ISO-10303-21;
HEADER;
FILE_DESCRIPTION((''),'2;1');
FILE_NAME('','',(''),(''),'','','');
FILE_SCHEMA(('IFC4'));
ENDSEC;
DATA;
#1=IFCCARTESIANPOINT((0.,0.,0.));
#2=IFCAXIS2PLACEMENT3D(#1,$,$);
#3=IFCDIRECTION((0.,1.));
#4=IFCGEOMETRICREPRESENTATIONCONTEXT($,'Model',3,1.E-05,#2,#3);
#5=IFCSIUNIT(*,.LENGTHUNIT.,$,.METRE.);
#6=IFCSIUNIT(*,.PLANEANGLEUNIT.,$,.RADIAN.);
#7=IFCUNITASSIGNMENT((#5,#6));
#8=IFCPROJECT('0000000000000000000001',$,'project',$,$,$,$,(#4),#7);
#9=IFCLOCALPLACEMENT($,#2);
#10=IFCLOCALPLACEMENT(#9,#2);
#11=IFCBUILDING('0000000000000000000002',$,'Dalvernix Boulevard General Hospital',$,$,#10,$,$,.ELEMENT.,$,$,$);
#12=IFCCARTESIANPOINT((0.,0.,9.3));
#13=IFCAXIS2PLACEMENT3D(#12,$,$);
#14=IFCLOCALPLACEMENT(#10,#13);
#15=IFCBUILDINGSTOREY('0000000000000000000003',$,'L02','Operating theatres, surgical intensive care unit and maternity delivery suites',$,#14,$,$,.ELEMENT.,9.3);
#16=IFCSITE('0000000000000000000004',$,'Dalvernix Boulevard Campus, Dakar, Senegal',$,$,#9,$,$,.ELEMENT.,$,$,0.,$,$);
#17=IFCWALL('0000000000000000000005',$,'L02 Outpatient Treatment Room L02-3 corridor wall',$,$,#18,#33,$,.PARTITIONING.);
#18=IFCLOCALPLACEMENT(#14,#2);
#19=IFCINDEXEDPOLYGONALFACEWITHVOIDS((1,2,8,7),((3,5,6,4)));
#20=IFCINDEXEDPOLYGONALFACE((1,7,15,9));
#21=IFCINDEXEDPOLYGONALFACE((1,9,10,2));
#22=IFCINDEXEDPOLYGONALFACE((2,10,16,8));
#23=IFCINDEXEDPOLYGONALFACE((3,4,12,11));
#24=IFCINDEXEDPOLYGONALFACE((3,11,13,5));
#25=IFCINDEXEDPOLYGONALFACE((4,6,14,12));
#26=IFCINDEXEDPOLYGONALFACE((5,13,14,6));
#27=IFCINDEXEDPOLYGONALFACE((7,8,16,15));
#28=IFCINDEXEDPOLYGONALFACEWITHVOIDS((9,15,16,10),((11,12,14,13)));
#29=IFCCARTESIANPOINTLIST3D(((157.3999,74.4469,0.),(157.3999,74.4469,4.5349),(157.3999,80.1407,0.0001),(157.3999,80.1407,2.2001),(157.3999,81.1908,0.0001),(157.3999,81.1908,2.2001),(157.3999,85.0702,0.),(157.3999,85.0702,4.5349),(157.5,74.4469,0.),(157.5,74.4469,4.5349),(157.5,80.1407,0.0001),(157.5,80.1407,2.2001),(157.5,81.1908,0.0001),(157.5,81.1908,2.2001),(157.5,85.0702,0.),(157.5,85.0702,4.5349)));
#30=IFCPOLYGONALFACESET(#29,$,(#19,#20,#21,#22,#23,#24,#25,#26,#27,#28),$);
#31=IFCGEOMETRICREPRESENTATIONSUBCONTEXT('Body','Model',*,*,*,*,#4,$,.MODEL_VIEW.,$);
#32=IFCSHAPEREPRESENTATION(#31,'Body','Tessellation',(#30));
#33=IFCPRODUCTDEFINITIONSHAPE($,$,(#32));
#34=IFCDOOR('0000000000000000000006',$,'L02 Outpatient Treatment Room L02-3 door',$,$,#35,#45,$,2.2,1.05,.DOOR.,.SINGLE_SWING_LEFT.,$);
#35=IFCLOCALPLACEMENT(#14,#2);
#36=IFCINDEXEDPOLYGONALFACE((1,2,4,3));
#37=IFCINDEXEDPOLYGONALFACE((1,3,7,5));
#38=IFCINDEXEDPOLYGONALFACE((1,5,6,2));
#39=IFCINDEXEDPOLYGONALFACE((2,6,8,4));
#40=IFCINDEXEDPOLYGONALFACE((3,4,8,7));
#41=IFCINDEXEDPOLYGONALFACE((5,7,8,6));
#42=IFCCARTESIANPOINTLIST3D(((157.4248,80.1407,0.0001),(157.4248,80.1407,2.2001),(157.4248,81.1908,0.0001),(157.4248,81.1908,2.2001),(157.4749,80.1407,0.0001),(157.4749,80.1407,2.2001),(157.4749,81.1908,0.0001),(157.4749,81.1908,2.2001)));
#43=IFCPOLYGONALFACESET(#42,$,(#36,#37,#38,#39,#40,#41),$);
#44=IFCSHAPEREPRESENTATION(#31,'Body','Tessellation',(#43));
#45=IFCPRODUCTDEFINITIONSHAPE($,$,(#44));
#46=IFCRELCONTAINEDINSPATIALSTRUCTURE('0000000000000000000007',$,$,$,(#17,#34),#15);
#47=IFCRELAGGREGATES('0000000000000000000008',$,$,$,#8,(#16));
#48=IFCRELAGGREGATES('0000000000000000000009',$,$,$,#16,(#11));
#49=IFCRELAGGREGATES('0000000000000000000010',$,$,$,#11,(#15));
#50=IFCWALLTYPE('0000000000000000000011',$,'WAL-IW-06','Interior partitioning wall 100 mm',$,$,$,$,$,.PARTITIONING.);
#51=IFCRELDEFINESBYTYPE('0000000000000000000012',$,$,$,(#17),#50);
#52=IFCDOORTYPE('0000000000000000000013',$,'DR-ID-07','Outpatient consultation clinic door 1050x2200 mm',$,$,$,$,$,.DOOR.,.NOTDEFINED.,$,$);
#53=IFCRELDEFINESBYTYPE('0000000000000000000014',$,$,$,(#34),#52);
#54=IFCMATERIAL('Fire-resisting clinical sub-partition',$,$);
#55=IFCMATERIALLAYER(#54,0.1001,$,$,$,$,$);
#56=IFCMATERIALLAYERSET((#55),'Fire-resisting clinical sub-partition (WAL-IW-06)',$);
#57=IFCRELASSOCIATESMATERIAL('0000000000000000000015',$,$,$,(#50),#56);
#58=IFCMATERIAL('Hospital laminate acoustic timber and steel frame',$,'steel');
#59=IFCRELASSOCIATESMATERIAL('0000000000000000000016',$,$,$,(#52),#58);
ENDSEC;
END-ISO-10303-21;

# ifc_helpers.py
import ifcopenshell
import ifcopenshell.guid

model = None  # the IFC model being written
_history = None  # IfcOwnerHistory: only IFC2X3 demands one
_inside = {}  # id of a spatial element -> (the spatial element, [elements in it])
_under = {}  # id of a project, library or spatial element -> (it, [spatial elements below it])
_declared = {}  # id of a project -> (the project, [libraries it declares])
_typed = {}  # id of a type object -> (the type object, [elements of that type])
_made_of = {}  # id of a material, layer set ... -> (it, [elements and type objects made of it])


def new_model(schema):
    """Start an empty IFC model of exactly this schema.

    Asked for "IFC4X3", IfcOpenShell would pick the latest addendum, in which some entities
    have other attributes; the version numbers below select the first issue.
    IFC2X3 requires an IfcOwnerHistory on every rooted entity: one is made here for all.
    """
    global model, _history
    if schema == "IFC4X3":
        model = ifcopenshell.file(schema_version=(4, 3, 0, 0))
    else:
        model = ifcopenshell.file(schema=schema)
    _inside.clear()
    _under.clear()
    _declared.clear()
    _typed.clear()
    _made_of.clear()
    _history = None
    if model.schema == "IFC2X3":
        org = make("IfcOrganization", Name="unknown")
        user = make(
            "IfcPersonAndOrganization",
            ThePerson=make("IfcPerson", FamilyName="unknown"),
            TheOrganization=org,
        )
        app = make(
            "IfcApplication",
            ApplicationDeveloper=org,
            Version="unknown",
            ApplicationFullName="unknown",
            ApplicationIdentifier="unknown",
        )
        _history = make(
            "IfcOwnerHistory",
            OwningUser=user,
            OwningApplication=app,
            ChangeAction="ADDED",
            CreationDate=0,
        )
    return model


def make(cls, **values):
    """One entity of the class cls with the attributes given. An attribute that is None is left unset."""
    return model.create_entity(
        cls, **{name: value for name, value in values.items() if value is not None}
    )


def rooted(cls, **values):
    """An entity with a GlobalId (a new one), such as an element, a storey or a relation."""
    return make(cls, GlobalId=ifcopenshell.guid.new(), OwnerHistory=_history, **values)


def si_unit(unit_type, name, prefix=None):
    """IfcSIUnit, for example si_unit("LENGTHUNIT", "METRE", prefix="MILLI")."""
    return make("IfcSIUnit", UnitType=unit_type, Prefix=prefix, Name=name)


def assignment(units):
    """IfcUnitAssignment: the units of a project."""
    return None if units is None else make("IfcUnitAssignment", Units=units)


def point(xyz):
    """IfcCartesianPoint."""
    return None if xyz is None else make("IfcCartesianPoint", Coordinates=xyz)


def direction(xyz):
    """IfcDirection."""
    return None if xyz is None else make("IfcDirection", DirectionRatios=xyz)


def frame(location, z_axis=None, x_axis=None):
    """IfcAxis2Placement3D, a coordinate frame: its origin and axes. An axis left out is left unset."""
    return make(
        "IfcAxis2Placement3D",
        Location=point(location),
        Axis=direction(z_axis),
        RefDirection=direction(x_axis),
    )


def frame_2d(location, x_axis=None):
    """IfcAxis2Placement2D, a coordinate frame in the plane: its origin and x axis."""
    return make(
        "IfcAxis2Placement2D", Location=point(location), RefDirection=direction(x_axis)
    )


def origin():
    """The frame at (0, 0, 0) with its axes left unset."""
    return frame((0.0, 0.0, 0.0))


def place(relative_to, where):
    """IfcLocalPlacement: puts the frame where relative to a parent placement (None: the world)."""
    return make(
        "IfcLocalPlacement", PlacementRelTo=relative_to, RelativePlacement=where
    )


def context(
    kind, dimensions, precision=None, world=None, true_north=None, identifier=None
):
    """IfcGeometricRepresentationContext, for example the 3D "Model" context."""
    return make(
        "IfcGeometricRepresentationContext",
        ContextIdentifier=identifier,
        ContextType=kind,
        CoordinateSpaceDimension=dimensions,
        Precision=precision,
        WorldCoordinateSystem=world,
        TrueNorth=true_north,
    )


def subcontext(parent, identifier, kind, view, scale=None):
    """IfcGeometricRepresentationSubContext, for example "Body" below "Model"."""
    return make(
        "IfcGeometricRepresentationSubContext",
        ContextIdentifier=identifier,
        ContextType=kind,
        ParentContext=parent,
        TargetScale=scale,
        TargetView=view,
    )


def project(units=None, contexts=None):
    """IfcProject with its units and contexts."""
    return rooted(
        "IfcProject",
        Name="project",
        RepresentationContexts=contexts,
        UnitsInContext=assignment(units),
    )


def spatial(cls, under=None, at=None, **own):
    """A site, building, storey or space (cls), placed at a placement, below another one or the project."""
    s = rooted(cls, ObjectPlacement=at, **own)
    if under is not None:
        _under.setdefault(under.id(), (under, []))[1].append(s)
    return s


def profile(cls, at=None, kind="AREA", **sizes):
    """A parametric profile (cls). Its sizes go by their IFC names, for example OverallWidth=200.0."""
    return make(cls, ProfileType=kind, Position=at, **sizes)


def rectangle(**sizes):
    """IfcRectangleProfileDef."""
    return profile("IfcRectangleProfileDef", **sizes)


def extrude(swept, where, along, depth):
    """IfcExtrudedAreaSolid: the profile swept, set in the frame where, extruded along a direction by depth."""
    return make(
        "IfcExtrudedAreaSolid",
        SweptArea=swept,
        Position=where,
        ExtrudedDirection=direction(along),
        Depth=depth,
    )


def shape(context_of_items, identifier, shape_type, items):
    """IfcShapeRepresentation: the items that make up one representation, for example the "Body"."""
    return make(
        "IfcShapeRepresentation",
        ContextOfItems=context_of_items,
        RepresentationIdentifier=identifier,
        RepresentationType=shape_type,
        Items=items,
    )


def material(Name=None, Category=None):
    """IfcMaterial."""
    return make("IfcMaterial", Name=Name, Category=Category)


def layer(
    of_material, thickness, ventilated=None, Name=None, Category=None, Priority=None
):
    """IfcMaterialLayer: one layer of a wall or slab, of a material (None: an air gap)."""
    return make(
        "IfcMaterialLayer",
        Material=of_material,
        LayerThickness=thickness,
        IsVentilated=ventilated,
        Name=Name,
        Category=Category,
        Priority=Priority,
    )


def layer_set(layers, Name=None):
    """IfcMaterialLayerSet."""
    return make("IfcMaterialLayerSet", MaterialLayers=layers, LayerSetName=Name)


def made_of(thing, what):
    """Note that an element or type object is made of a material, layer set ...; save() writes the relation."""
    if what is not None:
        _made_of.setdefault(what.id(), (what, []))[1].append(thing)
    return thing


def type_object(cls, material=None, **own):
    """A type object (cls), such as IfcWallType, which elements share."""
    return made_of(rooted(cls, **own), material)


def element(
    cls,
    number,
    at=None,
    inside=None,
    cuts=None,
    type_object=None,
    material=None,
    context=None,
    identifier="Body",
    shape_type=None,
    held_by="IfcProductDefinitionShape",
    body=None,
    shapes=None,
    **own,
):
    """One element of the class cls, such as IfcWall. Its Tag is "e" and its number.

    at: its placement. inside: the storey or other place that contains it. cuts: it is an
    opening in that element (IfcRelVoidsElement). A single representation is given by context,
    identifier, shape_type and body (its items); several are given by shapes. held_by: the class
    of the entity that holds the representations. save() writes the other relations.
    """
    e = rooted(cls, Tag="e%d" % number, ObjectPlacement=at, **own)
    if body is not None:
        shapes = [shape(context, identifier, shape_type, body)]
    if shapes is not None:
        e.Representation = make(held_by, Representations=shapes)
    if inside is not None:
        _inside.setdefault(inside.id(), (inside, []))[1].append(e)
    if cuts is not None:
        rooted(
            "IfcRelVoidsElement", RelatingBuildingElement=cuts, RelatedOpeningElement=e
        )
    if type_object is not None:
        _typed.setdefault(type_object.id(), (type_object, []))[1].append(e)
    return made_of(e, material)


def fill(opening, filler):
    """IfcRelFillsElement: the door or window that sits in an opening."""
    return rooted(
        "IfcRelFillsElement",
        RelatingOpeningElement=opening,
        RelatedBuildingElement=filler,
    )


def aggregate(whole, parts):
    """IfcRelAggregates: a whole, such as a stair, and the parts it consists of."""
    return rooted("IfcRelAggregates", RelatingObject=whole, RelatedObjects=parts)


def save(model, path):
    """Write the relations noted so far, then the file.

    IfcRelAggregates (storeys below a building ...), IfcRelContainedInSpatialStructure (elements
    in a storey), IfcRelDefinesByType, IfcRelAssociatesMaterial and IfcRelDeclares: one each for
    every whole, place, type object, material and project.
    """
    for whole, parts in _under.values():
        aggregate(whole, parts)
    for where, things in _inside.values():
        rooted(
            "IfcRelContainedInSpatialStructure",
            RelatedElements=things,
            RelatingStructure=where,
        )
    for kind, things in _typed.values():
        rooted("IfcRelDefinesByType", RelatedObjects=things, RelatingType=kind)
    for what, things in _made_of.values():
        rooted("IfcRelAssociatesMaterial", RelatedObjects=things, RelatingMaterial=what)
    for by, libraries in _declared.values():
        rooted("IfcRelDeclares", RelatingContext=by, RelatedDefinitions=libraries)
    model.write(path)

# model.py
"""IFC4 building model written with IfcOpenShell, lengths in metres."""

from ifc_helpers import new_model, si_unit, direction, frame, frame_2d, origin, place, context, subcontext, project, spatial, rectangle, extrude, material, layer, layer_set, type_object, element, fill, save


model = new_model("IFC4")

# Units and contexts
model_context = context("Model", 3, precision=1e-05, world=origin(), true_north=direction((0.0, 1.0)))
body_context = subcontext(model_context, "Body", "Model", "MODEL_VIEW")
ifc_project = project(units=[si_unit("LENGTHUNIT", "METRE"), si_unit("PLANEANGLEUNIT", "RADIAN")], contexts=[model_context])

# Site, building, storey
site_placement = place(None, origin())
site = spatial("IfcSite", under=ifc_project, at=site_placement, Name="Dalvernix Boulevard Campus, Dakar, Senegal", CompositionType="ELEMENT", RefElevation=0.0)
building_placement = place(site_placement, origin())
building = spatial("IfcBuilding", under=site, at=building_placement, Name="Dalvernix Boulevard General Hospital", CompositionType="ELEMENT")
storey_placement = place(building_placement, frame((0.0, 0.0, 9.3)))
storey = spatial("IfcBuildingStorey", under=building, at=storey_placement, Name="L02", Description="Operating theatres, surgical intensive care unit and maternity delivery suites", CompositionType="ELEMENT", Elevation=9.3)

# Wall, opening, door
ifc_material_1 = material(Name="Fire-resisting clinical sub-partition")
ifc_layer_1 = layer(ifc_material_1, 0.1001)
ifc_layer_set_1 = layer_set([ifc_layer_1], Name="Fire-resisting clinical sub-partition (WAL-IW-06)")
wall_type = type_object("IfcWallType", Name="WAL-IW-06", Description="Interior partitioning wall 100 mm", PredefinedType="PARTITIONING", material=ifc_layer_set_1)
wall_placement = place(storey_placement, frame((157.45, 85.0701, 0.0), z_axis=(0.0, 0.0, 1.0), x_axis=(0.0, -1.0, 0.0)))
wall = element("IfcWall", 1, at=wall_placement, inside=storey, type_object=wall_type, Name="L02 Outpatient Treatment Room L02-3 corridor wall", PredefinedType="PARTITIONING", context=body_context, shape_type="SweptSolid", body=[
    extrude(rectangle(XDim=10.6233, YDim=0.1001, at=frame_2d((5.3115, 0.0))), origin(), (0.0, 0.0, 1.0), 4.5349),
])
opening_placement = place(wall_placement, frame((3.8794, 0.0, 0.0)))
opening = element("IfcOpeningElement", 2, at=opening_placement, cuts=wall, PredefinedType="OPENING", context=body_context, shape_type="SweptSolid", body=[
    extrude(rectangle(XDim=1.05, YDim=2.2, at=frame_2d((0.5249, 1.1001))), frame((0.0, 0.0601, 0.0), z_axis=(0.0, -1.0, 0.0), x_axis=(1.0, 0.0, 0.0)), (0.0, 0.0, 1.0), 0.1201),
])
ifc_material_2 = material(Name="Hospital laminate acoustic timber and steel frame", Category="steel")
door_type = type_object("IfcDoorType", Name="DR-ID-07", Description="Outpatient consultation clinic door 1050x2200 mm", OperationType="NOTDEFINED", PredefinedType="DOOR", material=ifc_material_2)
door_placement = place(opening_placement, origin())
door = element("IfcDoor", 3, at=door_placement, inside=storey, type_object=door_type, Name="L02 Outpatient Treatment Room L02-3 door", OperationType="SINGLE_SWING_LEFT", OverallHeight=2.2, OverallWidth=1.05, PredefinedType="DOOR", context=body_context, shape_type="SweptSolid", body=[
    extrude(rectangle(XDim=1.05, YDim=2.2, at=frame_2d((0.5249, 1.1001))), frame((0.0, 0.0249, 0.0), z_axis=(0.0, -1.0, 0.0), x_axis=(1.0, 0.0, 0.0)), (0.0, 0.0, 1.0), 0.05),
])
fill(opening, door)

save(model, "model.ifc")
